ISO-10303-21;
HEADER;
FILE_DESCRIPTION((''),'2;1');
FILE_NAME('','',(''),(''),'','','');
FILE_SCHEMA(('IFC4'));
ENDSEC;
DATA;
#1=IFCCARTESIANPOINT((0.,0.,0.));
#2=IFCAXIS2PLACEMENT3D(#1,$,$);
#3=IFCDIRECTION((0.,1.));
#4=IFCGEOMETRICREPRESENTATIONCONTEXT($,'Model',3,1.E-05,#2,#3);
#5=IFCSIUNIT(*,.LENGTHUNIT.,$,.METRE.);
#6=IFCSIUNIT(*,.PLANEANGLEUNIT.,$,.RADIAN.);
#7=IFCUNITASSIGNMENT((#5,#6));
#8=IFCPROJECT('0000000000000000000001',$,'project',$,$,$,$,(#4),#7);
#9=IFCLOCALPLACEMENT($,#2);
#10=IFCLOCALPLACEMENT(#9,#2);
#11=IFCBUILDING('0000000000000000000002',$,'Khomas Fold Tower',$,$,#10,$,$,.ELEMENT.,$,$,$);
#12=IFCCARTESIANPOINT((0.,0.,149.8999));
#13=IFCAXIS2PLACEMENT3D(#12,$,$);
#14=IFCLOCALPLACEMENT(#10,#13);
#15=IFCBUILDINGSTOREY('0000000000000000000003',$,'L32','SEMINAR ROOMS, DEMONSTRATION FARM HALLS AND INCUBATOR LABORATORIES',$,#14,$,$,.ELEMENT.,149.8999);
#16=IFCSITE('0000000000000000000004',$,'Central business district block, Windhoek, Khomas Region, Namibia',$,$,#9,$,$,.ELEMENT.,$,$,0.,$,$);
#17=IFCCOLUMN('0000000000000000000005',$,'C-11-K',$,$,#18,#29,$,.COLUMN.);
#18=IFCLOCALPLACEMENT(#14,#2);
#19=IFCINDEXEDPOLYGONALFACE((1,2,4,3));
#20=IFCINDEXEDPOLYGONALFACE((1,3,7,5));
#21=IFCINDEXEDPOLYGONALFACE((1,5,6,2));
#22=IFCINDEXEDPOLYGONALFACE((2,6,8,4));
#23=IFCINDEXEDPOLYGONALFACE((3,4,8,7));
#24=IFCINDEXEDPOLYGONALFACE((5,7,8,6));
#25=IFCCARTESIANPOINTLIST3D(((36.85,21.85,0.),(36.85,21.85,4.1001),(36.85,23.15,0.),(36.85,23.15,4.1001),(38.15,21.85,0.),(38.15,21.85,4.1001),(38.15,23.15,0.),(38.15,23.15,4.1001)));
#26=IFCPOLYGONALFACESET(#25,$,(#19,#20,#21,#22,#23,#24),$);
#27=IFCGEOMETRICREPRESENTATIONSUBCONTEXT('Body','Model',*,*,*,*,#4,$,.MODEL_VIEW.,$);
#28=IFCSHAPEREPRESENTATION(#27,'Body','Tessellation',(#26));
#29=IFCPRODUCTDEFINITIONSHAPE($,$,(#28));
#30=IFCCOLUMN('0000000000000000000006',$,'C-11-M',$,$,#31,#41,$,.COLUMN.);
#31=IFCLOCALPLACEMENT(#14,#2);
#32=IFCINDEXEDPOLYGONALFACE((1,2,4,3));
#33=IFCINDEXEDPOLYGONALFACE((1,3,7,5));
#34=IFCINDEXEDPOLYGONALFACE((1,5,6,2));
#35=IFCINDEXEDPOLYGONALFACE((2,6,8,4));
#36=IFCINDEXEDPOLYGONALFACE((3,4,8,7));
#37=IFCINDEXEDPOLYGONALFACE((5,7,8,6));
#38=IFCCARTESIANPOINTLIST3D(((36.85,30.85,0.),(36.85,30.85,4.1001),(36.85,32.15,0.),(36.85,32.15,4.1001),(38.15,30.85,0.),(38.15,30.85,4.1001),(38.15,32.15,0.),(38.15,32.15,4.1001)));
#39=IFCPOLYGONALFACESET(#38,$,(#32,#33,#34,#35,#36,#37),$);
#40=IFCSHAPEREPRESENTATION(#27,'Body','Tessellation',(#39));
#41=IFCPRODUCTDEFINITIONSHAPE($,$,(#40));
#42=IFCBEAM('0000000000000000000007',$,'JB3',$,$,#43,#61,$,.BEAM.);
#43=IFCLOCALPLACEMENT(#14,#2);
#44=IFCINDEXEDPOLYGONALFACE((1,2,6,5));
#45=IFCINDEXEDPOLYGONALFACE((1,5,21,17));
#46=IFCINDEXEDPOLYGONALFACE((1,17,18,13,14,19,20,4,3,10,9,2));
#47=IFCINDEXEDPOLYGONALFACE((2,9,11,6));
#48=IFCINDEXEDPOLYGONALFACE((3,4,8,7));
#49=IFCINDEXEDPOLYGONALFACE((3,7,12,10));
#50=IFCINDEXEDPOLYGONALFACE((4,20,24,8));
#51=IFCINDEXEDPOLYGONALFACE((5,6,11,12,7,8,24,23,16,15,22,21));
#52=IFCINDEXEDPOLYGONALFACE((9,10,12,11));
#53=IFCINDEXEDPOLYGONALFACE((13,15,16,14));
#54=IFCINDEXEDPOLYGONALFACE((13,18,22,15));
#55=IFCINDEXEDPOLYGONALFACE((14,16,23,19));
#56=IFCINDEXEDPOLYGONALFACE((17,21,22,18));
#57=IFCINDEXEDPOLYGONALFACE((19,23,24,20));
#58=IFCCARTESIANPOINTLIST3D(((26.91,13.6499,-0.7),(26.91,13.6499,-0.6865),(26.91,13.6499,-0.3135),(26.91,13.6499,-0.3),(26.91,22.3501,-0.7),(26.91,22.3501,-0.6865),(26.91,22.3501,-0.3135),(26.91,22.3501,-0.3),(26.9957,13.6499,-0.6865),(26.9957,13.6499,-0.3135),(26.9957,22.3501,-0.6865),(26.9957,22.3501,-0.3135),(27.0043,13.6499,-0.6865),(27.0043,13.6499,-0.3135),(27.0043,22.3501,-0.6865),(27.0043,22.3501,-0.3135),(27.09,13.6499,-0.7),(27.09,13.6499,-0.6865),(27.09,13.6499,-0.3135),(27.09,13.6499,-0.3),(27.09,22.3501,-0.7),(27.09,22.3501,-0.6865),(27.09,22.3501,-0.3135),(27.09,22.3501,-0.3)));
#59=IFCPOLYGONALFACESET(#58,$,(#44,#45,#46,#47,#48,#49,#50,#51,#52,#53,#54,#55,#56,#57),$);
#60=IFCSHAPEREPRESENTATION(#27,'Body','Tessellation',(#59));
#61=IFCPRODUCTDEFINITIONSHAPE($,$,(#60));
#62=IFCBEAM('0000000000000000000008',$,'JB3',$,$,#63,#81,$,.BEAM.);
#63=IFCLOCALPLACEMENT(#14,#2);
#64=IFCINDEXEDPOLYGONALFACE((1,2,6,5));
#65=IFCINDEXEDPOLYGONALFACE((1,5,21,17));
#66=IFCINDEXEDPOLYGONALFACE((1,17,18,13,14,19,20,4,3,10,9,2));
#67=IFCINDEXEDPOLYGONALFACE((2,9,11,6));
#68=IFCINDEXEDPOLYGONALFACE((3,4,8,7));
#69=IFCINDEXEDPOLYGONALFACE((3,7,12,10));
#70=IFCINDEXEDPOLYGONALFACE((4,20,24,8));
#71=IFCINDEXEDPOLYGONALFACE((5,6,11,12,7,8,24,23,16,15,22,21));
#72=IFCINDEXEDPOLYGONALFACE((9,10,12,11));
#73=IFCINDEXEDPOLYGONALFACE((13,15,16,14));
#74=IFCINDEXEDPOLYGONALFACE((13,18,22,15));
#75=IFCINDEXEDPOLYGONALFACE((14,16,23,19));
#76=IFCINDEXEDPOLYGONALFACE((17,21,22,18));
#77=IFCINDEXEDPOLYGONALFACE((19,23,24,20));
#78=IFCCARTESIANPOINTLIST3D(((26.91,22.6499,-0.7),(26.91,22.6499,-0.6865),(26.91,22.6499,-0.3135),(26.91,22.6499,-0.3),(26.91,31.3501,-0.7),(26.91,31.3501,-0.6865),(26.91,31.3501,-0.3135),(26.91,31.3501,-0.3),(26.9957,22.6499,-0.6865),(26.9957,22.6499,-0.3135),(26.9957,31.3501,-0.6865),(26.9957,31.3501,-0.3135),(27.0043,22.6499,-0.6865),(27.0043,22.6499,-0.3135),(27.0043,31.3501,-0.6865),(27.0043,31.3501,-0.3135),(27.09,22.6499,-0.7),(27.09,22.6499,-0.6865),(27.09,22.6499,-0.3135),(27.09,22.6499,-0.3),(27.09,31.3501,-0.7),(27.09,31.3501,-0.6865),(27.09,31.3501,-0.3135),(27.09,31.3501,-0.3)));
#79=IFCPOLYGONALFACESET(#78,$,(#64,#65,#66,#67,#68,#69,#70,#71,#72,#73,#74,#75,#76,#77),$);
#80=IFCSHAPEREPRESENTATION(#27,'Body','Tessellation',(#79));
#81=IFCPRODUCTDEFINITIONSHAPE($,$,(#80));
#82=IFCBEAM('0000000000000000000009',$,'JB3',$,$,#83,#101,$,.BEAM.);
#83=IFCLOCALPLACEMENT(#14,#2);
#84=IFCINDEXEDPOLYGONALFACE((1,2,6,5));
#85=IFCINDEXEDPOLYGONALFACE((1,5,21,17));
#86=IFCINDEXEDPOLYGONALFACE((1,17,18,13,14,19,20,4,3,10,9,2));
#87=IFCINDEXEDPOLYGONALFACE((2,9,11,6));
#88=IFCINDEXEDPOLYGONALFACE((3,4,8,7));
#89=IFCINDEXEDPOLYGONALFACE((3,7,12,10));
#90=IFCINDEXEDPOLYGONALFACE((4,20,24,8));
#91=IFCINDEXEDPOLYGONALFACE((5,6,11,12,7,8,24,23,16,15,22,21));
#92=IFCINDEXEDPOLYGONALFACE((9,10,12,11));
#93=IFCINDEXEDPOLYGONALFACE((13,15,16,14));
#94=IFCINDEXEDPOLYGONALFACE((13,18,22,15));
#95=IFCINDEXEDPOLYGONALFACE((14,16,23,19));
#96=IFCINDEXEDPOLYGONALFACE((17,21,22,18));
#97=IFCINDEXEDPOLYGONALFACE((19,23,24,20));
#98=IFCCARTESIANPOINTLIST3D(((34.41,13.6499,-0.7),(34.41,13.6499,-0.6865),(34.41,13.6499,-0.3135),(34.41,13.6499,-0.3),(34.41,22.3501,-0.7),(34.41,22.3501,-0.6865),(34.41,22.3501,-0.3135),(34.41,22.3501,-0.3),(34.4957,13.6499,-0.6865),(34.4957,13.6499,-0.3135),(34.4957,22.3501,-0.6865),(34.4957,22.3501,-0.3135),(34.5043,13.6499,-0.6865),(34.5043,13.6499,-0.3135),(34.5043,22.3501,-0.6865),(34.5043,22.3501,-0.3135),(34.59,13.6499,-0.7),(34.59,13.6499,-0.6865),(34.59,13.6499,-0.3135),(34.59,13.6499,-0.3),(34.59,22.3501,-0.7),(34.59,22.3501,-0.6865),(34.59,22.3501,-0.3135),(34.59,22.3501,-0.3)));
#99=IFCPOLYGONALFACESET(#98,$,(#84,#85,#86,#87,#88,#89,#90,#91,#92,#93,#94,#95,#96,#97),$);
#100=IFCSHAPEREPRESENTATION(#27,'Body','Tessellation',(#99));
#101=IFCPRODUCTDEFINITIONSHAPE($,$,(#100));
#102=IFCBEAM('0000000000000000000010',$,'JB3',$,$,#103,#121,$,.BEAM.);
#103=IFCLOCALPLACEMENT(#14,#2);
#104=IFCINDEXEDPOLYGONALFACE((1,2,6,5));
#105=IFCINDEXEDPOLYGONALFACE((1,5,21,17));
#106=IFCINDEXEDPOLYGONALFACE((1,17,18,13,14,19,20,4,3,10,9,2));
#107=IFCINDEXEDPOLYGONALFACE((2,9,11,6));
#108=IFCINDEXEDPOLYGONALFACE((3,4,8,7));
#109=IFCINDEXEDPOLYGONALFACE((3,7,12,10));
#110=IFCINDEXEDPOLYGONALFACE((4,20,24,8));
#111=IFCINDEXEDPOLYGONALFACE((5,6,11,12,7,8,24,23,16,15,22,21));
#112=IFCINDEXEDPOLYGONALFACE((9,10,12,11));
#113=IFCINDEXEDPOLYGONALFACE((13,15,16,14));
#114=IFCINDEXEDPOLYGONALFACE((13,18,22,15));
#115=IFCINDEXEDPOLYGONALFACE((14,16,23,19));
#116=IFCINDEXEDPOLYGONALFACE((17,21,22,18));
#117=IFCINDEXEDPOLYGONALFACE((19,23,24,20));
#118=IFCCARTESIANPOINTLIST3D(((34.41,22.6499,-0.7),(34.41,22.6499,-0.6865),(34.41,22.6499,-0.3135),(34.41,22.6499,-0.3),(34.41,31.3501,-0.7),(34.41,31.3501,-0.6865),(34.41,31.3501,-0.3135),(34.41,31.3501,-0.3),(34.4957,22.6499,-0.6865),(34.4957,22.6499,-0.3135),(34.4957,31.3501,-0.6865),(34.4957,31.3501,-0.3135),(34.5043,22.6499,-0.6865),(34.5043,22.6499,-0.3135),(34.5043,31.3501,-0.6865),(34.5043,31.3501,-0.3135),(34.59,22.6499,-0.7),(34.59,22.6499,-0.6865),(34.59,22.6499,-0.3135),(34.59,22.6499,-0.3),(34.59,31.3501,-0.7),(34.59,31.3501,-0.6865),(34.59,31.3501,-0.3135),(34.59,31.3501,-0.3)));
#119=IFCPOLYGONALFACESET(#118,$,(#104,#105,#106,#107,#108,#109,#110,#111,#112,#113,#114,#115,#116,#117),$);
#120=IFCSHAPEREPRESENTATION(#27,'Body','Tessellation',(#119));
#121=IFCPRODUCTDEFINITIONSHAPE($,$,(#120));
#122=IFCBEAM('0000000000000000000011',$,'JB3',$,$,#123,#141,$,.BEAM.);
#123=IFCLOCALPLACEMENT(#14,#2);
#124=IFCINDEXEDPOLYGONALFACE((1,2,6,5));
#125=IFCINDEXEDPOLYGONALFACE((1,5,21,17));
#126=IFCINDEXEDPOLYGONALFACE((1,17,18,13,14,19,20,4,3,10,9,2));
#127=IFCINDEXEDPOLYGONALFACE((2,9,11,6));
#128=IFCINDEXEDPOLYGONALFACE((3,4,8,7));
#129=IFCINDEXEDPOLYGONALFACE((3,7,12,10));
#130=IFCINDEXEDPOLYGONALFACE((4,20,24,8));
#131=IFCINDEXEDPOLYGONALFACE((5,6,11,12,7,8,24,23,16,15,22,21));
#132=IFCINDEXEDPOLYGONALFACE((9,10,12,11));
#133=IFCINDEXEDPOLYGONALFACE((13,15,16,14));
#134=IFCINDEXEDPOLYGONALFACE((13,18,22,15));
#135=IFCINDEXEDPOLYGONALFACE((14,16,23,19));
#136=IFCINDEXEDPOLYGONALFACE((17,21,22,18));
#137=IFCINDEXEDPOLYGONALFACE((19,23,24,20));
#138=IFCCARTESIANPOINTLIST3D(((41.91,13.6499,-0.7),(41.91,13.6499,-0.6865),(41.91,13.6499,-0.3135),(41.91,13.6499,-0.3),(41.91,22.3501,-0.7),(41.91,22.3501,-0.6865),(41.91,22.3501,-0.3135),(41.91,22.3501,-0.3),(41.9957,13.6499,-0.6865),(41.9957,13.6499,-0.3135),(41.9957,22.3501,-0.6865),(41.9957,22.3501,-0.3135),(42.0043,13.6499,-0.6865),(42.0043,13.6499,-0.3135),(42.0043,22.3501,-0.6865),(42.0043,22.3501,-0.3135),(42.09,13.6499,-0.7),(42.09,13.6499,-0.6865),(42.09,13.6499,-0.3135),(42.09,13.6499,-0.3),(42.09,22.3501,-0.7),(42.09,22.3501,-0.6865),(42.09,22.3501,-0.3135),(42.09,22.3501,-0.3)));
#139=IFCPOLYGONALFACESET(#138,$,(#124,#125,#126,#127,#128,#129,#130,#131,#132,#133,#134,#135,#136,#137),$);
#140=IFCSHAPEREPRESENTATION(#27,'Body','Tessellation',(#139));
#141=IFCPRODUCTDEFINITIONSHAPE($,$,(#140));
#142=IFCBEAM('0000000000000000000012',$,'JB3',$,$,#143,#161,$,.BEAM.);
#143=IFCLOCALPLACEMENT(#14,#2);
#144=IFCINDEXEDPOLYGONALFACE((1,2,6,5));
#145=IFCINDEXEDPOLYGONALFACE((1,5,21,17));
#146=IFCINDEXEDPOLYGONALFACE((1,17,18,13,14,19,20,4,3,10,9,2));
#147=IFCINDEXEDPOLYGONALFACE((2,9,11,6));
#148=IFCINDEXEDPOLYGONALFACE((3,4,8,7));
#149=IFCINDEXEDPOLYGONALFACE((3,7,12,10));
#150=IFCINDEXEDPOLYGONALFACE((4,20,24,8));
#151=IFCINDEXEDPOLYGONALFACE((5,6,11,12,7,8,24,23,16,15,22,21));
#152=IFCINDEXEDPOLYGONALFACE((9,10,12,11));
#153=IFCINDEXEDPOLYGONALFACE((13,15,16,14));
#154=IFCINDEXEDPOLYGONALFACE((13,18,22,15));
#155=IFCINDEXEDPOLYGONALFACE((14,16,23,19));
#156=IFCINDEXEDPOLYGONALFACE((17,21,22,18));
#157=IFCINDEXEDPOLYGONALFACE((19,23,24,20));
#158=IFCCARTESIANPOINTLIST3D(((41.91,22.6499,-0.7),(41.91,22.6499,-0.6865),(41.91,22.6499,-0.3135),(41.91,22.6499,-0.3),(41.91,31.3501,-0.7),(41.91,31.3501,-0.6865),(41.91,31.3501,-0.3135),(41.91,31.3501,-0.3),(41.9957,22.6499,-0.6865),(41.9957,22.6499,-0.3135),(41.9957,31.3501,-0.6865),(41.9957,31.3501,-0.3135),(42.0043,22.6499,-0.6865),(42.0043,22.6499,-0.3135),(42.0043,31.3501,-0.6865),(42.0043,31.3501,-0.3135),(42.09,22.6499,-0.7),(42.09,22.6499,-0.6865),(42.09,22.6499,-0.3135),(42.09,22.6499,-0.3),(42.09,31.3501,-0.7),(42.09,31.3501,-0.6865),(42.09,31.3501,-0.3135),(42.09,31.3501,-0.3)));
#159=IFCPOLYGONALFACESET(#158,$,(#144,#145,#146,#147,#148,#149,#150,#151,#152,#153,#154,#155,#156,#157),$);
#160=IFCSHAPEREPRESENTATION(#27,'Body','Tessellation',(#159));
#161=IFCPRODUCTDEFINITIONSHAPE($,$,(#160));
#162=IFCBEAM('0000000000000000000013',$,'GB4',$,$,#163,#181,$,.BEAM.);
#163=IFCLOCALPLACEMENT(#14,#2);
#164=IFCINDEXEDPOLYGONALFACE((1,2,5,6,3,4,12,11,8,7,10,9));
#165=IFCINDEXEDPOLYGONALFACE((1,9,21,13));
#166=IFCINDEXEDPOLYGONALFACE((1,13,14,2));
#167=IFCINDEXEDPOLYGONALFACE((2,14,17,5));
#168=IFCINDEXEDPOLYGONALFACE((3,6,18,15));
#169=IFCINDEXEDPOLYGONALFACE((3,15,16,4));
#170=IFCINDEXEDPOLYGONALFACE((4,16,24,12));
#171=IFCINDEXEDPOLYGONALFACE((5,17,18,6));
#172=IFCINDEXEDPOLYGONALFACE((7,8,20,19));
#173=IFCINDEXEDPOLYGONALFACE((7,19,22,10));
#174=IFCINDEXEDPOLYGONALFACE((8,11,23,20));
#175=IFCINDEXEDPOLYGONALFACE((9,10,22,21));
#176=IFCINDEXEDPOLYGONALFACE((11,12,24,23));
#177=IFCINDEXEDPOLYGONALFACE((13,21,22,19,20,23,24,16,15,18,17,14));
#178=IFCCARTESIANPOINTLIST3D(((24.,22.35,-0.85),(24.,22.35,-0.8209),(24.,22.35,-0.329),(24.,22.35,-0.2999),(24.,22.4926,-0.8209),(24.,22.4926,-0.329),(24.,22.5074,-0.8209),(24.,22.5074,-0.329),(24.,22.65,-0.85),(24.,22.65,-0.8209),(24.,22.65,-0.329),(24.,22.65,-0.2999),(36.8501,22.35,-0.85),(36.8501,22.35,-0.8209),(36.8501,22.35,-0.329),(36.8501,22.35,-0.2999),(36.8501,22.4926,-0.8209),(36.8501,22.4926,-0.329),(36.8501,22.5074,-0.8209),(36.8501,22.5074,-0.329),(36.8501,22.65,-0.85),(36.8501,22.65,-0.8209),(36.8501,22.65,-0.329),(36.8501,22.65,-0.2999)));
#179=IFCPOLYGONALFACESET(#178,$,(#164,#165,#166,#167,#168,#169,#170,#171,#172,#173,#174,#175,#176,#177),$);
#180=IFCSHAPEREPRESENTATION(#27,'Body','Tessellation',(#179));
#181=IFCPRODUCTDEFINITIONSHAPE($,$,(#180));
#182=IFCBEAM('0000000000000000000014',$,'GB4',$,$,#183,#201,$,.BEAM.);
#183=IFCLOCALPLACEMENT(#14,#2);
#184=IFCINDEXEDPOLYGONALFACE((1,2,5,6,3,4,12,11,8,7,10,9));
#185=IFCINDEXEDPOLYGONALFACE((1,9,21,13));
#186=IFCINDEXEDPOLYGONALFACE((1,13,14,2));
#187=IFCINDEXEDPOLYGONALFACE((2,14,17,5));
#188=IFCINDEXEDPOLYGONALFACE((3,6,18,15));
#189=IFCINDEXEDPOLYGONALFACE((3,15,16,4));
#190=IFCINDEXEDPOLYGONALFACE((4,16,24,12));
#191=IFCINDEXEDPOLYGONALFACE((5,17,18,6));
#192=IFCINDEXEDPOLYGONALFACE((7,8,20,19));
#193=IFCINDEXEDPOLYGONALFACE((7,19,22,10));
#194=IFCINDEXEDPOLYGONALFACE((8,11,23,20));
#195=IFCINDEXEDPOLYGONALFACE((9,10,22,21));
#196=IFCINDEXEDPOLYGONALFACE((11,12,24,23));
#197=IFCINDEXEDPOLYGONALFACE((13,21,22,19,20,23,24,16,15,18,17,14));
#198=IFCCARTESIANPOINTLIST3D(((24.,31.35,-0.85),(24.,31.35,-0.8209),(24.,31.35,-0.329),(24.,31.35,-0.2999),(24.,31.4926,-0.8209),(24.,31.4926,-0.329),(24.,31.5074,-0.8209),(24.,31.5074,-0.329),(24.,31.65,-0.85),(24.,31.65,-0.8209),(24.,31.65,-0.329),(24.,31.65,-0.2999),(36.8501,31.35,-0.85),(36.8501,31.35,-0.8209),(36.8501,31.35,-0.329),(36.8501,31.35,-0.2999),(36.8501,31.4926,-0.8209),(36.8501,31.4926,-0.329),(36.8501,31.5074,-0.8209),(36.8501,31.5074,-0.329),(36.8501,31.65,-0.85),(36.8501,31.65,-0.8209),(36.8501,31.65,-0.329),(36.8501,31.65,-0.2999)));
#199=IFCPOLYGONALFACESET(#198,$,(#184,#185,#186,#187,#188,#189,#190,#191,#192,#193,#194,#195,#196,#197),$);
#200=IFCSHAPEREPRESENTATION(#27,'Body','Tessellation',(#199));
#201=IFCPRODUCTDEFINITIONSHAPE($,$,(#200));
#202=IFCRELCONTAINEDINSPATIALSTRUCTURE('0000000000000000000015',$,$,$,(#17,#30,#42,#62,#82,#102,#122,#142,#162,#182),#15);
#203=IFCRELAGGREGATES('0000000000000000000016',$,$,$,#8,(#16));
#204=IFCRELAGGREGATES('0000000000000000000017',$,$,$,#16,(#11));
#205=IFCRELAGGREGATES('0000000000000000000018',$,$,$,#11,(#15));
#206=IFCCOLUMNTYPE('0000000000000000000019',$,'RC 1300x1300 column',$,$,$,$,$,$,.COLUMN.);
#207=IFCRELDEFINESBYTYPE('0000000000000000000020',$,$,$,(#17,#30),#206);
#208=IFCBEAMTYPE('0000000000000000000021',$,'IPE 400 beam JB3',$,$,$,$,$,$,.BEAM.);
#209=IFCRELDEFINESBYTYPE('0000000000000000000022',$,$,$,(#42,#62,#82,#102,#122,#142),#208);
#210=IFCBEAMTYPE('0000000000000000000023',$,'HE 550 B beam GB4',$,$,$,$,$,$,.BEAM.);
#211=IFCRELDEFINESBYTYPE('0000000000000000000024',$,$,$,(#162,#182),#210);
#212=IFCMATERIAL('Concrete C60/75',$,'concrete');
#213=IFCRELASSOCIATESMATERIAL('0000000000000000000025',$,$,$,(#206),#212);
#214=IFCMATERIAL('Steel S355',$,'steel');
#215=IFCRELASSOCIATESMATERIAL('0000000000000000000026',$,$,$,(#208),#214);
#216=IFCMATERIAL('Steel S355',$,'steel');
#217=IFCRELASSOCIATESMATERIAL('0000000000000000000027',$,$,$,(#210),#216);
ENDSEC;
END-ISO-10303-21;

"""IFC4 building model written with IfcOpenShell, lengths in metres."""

from ifc_helpers import new_model, si_unit, direction, frame, origin, origin_2d, place, context, subcontext, project, spatial, rectangle, i_section, extrude, source, transform, mapped, material, material_profile, profile_set, type_object, element, save


model = new_model("IFC4")

# Units and contexts
model_context = context("Model", 3, precision=1e-05, world=origin(), true_north=direction((0.0, 1.0)))
body_context = subcontext(model_context, "Body", "Model", "MODEL_VIEW")
ifc_project = project(units=[si_unit("LENGTHUNIT", "METRE"), si_unit("PLANEANGLEUNIT", "RADIAN")], contexts=[model_context])

# Site, building, storey
site_placement = place(None, origin())
site = spatial("IfcSite", under=ifc_project, at=site_placement, Name="Central business district block, Windhoek, Khomas Region, Namibia", CompositionType="ELEMENT", RefElevation=0.0)
building_placement = place(site_placement, origin())
building = spatial("IfcBuilding", under=site, at=building_placement, Name="Khomas Fold Tower", CompositionType="ELEMENT")
storey_placement = place(building_placement, frame((0.0, 0.0, 149.8999)))
storey = spatial("IfcBuildingStorey", under=building, at=storey_placement, Name="L32", Description="SEMINAR ROOMS, DEMONSTRATION FARM HALLS AND INCUBATOR LABORATORIES", CompositionType="ELEMENT", Elevation=149.8999)

# Columns
ifc_material_1 = material(Name="Concrete C60/75", Category="concrete")
ifc_material_profile_1 = material_profile(ifc_material_1, rectangle(XDim=1.3, YDim=1.3, at=origin_2d()), Name="RC 1300x1300")
ifc_profile_set_1 = profile_set([ifc_material_profile_1], Name="Concrete C60/75")
column_type = type_object("IfcColumnType", Name="RC 1300x1300 column", PredefinedType="COLUMN", material=ifc_profile_set_1)
shared_shape_1 = source(origin(), body_context, "Body", "SweptSolid", [
    extrude(rectangle(XDim=1.3, YDim=1.3, at=origin_2d()), origin(), (0.0, 0.0, 1.0), 4.1001),
])
for number, where, z_axis, x_axis, name in (
    (1, (37.5, 22.5, 0.0), (0.0, 0.0, 1.0), (1.0, 0.0, 0.0), "C-11-K"),
    (2, (37.5, 31.5, 0.0), (0.0, 0.0, 1.0), (1.0, 0.0, 0.0), "C-11-M"),
):
    element("IfcColumn", number, at=place(storey_placement, frame(where, z_axis=z_axis, x_axis=x_axis)), inside=storey, type_object=column_type, Name=name, PredefinedType="COLUMN", context=body_context, shape_type="MappedRepresentation", body=[
        mapped(shared_shape_1, transform((0.0, 0.0, 0.0))),
    ])

# Beams
ifc_material_2 = material(Name="Steel S355", Category="steel")
ifc_material_profile_2 = material_profile(ifc_material_2, i_section(OverallWidth=0.1799, OverallDepth=0.3999, WebThickness=0.0085, FlangeThickness=0.0134, at=origin_2d()), Name="IPE 400")
ifc_profile_set_2 = profile_set([ifc_material_profile_2], Name="Steel S355")
beam_type_1 = type_object("IfcBeamType", Name="IPE 400 beam JB3", PredefinedType="BEAM", material=ifc_profile_set_2)
shared_shape_2 = source(origin(), body_context, "Body", "SweptSolid", [
    extrude(i_section(OverallWidth=0.1799, OverallDepth=0.3999, WebThickness=0.0085, FlangeThickness=0.0134, at=origin_2d()), origin(), (0.0, 0.0, 1.0), 8.7002),
])
for number, where, z_axis, x_axis, name in (
    (3, (27.0, 13.6499, -0.5), (0.0, 1.0, 0.0), (-1.0, 0.0, 0.0), "JB3"),
    (4, (27.0, 22.6499, -0.5), (0.0, 1.0, 0.0), (-1.0, 0.0, 0.0), "JB3"),
    (5, (34.5, 13.6499, -0.5), (0.0, 1.0, 0.0), (-1.0, 0.0, 0.0), "JB3"),
    (6, (34.5, 22.6499, -0.5), (0.0, 1.0, 0.0), (-1.0, 0.0, 0.0), "JB3"),
    (7, (42.0, 13.6499, -0.5), (0.0, 1.0, 0.0), (-1.0, 0.0, 0.0), "JB3"),
    (8, (42.0, 22.6499, -0.5), (0.0, 1.0, 0.0), (-1.0, 0.0, 0.0), "JB3"),
):
    element("IfcBeam", number, at=place(storey_placement, frame(where, z_axis=z_axis, x_axis=x_axis)), inside=storey, type_object=beam_type_1, Name=name, PredefinedType="BEAM", context=body_context, shape_type="MappedRepresentation", body=[
        mapped(shared_shape_2, transform((0.0, 0.0, 0.0))),
    ])
ifc_material_3 = material(Name="Steel S355", Category="steel")
ifc_material_profile_3 = material_profile(ifc_material_3, i_section(OverallWidth=0.3, OverallDepth=0.55, WebThickness=0.0149, FlangeThickness=0.0291, at=origin_2d()), Name="HE 550 B")
ifc_profile_set_3 = profile_set([ifc_material_profile_3], Name="Steel S355")
beam_type_2 = type_object("IfcBeamType", Name="HE 550 B beam GB4", PredefinedType="BEAM", material=ifc_profile_set_3)
shared_shape_3 = source(origin(), body_context, "Body", "SweptSolid", [
    extrude(i_section(OverallWidth=0.3, OverallDepth=0.55, WebThickness=0.0149, FlangeThickness=0.0291, at=origin_2d()), origin(), (0.0, 0.0, 1.0), 12.8501),
])
for number, where, z_axis, x_axis, name in (
    (9, (24.0, 22.5, -0.575), (1.0, 0.0, 0.0), (0.0, 1.0, 0.0), "GB4"),
    (10, (24.0, 31.5, -0.575), (1.0, 0.0, 0.0), (0.0, 1.0, 0.0), "GB4"),
):
    element("IfcBeam", number, at=place(storey_placement, frame(where, z_axis=z_axis, x_axis=x_axis)), inside=storey, type_object=beam_type_2, Name=name, PredefinedType="BEAM", context=body_context, shape_type="MappedRepresentation", body=[
        mapped(shared_shape_3, transform((0.0, 0.0, 0.0))),
    ])

save(model, "model.ifc")
